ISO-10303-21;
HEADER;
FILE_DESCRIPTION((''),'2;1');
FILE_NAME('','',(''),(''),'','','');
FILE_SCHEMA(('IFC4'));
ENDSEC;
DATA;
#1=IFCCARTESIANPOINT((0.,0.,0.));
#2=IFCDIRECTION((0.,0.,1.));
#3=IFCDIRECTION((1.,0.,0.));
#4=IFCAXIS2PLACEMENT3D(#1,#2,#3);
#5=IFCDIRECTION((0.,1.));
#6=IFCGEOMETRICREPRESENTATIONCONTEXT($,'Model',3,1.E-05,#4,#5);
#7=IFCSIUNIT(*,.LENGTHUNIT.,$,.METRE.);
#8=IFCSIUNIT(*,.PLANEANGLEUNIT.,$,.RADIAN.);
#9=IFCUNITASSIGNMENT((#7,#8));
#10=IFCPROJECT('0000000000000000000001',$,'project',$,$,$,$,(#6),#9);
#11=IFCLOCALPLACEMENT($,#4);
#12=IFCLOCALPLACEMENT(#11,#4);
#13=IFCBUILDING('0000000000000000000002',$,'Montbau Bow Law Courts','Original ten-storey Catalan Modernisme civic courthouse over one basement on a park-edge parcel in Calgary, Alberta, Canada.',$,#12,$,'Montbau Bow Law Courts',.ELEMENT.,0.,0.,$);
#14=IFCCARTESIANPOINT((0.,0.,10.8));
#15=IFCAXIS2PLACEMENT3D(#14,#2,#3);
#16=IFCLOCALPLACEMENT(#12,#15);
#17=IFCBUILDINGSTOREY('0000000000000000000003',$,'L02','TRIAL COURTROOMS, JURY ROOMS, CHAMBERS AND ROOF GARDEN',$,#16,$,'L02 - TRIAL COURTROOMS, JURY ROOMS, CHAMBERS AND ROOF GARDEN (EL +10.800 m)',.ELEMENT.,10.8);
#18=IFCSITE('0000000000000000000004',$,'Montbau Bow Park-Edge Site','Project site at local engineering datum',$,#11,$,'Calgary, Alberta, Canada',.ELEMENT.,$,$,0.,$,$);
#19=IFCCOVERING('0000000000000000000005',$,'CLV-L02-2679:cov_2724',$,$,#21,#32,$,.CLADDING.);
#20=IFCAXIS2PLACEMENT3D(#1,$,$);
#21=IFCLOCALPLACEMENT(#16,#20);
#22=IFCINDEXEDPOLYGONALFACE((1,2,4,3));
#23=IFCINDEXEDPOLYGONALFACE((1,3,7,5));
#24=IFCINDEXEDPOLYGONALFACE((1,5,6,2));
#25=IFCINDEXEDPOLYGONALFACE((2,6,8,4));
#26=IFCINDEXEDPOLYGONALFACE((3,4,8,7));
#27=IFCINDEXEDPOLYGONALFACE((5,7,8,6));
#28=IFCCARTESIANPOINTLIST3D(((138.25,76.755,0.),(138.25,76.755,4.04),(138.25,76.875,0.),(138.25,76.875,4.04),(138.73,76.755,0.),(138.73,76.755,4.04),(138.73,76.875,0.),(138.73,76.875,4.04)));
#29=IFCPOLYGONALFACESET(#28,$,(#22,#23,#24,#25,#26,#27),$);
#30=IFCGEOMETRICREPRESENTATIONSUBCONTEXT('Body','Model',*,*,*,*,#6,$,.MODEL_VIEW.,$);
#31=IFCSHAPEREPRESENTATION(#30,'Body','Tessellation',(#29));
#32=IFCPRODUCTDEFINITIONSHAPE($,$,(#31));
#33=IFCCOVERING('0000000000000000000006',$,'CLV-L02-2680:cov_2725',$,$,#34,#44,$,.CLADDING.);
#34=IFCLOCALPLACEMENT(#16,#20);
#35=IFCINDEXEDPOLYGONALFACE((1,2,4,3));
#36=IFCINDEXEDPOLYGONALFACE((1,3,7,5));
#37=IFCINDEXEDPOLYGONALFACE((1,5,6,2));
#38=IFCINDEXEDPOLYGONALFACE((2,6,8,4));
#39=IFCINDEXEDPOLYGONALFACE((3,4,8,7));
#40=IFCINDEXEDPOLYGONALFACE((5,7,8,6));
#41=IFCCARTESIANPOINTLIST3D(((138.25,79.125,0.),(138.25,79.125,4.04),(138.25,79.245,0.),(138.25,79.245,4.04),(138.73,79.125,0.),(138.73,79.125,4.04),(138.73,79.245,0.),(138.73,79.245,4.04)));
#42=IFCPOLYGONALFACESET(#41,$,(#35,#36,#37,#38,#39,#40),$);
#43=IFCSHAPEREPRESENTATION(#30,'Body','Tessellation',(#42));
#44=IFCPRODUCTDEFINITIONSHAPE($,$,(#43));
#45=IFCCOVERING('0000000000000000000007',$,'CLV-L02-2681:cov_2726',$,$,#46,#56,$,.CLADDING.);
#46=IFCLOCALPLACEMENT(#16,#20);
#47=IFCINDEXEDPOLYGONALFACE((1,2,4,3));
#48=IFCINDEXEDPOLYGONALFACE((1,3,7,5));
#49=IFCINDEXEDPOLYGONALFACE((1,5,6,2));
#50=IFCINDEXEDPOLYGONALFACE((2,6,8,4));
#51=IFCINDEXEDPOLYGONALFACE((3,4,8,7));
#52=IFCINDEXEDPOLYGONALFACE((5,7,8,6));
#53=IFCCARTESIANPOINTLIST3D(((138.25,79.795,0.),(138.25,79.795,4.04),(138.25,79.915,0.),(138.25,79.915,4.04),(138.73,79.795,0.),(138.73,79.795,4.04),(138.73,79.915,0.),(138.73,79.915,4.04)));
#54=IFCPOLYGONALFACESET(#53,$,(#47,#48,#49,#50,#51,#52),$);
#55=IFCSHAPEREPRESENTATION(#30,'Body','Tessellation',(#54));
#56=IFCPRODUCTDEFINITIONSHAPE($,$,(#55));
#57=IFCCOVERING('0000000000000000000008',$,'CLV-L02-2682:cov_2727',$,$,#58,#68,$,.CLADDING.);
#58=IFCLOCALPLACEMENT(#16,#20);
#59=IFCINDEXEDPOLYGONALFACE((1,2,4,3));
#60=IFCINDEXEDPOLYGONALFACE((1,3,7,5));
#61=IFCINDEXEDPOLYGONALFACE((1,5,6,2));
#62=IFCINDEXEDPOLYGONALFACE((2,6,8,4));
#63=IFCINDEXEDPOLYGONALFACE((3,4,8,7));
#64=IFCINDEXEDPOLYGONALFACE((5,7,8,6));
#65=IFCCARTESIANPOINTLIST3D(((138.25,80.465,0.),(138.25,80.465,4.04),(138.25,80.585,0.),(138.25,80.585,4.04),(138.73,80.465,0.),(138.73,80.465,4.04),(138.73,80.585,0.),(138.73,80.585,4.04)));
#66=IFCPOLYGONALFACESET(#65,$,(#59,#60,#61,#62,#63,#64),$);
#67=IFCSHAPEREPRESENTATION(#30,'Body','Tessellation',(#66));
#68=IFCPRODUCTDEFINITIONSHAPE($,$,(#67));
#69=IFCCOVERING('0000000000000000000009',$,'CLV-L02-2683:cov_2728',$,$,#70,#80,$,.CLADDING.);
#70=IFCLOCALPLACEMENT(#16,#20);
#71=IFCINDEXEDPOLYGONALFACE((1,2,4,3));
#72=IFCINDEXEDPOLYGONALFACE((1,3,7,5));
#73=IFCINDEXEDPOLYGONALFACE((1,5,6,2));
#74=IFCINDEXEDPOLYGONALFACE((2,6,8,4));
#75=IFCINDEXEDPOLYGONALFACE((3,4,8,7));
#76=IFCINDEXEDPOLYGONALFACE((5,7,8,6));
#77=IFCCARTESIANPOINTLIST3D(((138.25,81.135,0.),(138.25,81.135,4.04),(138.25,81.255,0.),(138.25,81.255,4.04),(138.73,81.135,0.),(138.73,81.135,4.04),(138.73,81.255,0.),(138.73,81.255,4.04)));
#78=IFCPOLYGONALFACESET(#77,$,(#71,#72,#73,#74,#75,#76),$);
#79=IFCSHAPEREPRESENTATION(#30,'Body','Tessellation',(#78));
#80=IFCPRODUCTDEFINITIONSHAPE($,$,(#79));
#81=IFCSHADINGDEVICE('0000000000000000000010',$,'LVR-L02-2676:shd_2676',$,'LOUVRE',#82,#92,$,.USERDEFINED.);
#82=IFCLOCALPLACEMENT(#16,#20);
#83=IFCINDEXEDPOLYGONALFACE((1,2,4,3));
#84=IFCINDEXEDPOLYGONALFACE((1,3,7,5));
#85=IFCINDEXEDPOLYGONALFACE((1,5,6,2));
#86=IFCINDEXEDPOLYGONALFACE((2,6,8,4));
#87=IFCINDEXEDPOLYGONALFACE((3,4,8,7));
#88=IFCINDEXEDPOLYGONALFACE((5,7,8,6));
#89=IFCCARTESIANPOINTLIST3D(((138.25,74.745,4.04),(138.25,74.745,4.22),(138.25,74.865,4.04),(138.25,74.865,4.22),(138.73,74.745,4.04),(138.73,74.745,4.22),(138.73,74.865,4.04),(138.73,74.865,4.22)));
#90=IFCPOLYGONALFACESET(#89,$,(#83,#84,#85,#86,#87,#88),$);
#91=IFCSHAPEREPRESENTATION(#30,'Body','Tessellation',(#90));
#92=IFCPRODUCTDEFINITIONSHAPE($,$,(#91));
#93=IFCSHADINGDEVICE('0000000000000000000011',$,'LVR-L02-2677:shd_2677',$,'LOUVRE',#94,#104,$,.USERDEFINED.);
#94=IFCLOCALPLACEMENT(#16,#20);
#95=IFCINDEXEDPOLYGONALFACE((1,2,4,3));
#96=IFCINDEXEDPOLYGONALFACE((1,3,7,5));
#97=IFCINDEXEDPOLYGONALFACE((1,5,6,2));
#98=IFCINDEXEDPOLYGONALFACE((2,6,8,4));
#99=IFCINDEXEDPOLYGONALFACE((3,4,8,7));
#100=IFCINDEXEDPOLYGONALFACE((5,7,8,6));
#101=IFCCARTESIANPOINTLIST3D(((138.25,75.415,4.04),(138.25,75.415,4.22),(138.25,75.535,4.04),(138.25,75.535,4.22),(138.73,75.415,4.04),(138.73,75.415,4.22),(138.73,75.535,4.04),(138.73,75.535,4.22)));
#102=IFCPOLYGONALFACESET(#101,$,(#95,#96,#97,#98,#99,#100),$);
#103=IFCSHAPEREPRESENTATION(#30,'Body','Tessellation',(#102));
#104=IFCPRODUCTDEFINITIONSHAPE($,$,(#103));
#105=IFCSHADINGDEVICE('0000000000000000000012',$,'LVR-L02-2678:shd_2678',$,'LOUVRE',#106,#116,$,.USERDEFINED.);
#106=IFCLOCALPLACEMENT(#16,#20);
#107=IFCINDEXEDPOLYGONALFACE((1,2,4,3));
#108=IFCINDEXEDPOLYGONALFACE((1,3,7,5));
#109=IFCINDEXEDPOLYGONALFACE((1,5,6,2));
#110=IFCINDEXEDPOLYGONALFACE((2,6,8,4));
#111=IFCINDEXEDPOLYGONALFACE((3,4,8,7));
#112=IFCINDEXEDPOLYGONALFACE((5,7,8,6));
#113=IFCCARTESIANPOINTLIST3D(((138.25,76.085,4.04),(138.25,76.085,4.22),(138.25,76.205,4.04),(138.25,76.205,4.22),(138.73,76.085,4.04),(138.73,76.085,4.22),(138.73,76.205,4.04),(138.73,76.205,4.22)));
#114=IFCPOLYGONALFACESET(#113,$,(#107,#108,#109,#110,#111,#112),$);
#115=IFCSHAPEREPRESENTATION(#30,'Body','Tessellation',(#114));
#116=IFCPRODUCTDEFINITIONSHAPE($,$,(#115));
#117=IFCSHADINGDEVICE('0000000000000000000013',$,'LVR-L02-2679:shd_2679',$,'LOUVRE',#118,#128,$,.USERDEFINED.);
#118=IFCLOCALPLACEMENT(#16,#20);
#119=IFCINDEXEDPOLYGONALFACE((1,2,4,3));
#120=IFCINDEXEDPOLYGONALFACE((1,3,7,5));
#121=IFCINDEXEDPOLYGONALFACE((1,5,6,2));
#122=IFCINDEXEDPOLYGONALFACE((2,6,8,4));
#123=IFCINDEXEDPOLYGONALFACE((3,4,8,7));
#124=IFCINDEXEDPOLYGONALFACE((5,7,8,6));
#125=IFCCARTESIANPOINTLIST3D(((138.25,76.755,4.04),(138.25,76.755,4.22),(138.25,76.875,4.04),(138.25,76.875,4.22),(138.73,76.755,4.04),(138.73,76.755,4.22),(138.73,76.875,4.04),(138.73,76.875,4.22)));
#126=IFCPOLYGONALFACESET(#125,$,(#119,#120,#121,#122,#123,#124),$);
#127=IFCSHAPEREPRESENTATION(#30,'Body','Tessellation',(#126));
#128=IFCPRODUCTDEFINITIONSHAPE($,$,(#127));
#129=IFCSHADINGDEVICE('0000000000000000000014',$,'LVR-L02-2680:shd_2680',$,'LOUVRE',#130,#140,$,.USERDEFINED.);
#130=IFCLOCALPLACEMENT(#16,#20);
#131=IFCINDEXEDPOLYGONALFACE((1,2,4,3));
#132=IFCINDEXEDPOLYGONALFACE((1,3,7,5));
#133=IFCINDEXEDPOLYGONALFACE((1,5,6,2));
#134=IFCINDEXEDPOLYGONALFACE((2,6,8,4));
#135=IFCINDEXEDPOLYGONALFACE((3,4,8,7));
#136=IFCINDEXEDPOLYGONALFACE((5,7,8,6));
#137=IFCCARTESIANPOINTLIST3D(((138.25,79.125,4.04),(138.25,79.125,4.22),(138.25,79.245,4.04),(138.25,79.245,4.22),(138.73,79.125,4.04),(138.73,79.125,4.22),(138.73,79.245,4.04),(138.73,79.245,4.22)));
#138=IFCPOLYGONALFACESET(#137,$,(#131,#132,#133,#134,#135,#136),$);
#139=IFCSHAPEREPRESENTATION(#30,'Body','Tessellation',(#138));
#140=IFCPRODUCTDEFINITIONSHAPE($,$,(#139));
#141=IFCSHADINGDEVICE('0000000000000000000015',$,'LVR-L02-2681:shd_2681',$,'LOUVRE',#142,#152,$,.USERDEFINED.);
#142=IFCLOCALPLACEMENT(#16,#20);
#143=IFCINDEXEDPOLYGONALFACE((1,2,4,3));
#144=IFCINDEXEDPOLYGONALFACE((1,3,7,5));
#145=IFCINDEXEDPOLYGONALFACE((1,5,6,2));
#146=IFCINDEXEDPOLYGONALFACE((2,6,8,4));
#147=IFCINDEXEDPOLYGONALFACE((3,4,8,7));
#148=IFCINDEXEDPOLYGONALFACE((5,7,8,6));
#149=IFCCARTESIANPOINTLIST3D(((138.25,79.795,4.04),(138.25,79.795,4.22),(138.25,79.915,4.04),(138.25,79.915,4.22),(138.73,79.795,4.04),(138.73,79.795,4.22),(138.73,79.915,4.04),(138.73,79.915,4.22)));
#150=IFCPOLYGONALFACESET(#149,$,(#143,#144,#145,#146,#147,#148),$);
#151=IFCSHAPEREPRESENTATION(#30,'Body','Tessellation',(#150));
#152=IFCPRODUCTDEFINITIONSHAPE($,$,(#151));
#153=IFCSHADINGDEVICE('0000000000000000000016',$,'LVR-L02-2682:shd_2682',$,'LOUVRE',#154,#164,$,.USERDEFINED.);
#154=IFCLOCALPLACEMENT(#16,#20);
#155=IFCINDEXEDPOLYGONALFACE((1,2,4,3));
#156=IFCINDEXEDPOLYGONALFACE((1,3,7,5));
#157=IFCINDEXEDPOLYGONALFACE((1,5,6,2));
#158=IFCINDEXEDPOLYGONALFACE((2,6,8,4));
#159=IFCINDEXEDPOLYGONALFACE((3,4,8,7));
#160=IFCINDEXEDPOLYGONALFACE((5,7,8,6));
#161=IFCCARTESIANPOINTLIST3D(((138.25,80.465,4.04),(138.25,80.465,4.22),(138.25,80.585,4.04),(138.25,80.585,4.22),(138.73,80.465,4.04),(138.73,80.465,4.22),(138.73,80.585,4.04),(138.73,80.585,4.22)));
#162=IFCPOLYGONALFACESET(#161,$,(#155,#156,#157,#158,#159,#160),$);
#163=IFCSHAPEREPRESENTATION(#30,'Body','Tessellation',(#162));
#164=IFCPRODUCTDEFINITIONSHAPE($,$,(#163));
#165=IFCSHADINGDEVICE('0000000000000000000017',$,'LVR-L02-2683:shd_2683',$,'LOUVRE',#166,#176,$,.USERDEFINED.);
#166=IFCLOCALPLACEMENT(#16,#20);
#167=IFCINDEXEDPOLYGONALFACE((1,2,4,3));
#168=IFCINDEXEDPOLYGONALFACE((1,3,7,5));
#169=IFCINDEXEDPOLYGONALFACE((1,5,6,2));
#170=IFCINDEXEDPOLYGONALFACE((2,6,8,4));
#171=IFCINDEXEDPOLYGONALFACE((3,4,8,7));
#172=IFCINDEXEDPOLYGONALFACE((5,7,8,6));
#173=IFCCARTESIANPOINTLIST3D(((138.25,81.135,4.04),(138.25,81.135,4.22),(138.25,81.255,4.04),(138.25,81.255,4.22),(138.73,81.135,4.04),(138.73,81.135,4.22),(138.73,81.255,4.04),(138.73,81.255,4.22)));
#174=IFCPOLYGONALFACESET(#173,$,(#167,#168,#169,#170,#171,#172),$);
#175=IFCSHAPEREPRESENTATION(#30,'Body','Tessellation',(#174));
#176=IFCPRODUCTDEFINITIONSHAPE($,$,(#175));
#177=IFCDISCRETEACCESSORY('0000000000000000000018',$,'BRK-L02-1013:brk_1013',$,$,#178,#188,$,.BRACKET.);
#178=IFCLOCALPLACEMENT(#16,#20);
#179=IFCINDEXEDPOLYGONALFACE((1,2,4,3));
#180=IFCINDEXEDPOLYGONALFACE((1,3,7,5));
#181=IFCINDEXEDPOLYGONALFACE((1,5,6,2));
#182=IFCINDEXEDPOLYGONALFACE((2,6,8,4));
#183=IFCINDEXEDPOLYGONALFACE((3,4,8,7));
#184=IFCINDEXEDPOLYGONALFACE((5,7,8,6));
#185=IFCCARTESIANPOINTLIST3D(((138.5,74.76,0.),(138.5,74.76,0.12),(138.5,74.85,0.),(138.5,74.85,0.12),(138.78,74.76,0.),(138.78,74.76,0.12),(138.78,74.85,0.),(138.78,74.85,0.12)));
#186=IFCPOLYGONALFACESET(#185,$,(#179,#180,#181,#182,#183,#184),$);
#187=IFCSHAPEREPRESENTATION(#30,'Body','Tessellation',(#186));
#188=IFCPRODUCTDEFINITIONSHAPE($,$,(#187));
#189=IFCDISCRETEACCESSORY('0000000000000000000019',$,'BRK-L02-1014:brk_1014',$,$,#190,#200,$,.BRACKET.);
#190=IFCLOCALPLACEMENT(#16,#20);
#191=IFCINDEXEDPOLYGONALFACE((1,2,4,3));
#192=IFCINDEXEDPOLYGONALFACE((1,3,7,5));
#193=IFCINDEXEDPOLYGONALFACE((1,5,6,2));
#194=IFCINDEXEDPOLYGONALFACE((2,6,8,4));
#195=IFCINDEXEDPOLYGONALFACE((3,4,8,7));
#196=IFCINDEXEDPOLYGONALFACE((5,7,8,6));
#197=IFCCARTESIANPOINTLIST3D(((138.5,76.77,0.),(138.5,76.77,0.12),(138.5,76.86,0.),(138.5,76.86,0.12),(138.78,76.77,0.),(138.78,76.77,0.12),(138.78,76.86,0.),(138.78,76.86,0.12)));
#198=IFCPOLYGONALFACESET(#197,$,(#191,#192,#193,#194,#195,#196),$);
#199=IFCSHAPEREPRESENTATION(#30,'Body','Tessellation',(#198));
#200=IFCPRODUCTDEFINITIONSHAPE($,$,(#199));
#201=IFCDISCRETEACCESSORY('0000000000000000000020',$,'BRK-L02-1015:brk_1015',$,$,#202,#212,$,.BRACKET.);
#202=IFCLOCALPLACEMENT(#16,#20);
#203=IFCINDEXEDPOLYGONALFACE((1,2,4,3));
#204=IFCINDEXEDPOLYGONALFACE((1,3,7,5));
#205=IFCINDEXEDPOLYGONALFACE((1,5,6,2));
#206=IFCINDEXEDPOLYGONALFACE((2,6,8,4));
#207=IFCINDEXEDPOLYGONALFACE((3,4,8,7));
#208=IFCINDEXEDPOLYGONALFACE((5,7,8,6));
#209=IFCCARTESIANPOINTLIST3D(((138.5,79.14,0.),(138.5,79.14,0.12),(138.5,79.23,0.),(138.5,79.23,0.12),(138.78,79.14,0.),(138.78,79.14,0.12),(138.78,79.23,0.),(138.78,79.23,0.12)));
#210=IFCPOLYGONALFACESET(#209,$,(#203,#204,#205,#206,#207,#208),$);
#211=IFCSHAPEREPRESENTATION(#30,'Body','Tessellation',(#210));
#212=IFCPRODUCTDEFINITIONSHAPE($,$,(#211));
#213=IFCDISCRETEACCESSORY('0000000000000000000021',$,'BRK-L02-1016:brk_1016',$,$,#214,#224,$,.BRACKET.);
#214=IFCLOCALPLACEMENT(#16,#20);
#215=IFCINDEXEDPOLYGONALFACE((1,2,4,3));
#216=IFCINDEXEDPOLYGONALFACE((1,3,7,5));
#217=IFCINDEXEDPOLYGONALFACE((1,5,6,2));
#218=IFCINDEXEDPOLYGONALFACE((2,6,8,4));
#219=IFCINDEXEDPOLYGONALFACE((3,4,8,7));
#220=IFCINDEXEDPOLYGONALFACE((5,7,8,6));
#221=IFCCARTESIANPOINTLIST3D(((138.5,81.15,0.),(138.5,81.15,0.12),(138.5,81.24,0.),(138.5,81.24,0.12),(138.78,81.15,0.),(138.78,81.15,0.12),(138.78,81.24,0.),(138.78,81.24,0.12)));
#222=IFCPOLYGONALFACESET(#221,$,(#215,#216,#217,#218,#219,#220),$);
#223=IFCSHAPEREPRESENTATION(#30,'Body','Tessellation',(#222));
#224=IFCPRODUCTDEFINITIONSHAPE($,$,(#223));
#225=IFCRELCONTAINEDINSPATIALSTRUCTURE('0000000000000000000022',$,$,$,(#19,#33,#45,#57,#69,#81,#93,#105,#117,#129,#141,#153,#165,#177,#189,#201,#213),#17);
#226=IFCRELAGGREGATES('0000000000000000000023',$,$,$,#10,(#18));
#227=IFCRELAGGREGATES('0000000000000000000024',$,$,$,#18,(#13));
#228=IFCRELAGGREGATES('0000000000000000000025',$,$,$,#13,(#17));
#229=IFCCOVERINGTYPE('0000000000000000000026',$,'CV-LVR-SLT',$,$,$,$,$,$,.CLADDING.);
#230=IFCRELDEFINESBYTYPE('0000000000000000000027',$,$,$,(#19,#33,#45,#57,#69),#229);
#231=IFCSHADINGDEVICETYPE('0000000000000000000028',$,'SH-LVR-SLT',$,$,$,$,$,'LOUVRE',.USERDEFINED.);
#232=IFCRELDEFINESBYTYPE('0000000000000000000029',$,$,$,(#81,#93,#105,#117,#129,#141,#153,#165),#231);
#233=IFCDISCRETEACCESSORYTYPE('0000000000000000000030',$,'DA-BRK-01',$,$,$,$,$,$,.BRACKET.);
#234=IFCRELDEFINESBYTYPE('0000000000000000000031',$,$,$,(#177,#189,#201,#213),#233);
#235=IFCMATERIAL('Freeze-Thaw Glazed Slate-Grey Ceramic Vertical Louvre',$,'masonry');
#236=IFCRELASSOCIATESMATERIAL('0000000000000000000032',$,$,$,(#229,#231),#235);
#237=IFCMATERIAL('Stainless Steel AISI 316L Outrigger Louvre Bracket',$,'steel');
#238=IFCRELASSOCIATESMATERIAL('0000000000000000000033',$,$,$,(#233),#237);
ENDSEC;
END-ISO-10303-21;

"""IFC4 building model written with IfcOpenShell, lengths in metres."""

from ifc_helpers import new_model, si_unit, direction, frame, frame_2d, origin_with_axes, origin_2d_with_axis, place, context, subcontext, project, spatial, rectangle, extrude, material, type_object, element, save


model = new_model("IFC4")

# Units and contexts
model_context = context("Model", 3, precision=1e-05, world=origin_with_axes(), true_north=direction((0.0, 1.0)))
body_context = subcontext(model_context, "Body", "Model", "MODEL_VIEW")
ifc_project = project(units=[si_unit("LENGTHUNIT", "METRE"), si_unit("PLANEANGLEUNIT", "RADIAN")], contexts=[model_context])

# Site, building, storey
site_placement = place(None, origin_with_axes())
site = spatial("IfcSite", under=ifc_project, at=site_placement, Name="Montbau Bow Park-Edge Site", Description="Project site at local engineering datum", LongName="Calgary, Alberta, Canada", CompositionType="ELEMENT", RefElevation=0.0)
building_placement = place(site_placement, origin_with_axes())
building = spatial("IfcBuilding", under=site, at=building_placement, Name="Montbau Bow Law Courts", Description="Original ten-storey Catalan Modernisme civic courthouse over one basement on a park-edge parcel in Calgary, Alberta, Canada.", LongName="Montbau Bow Law Courts", CompositionType="ELEMENT", ElevationOfRefHeight=0.0, ElevationOfTerrain=0.0)
storey_placement = place(building_placement, frame((0.0, 0.0, 10.8), z_axis=(0.0, 0.0, 1.0), x_axis=(1.0, 0.0, 0.0)))
storey = spatial("IfcBuildingStorey", under=building, at=storey_placement, Name="L02", Description="TRIAL COURTROOMS, JURY ROOMS, CHAMBERS AND ROOF GARDEN", LongName="L02 - TRIAL COURTROOMS, JURY ROOMS, CHAMBERS AND ROOF GARDEN (EL +10.800 m)", CompositionType="ELEMENT", Elevation=10.8)

# Coverings
ifc_material_1 = material(Name="Freeze-Thaw Glazed Slate-Grey Ceramic Vertical Louvre", Category="masonry")
covering_type = type_object("IfcCoveringType", Name="CV-LVR-SLT", PredefinedType="CLADDING", material=ifc_material_1)
for number, where, z_axis, x_axis, name in (
    (1, (138.73, 76.815, 10.8), (0.0, 1.0, 0.0), (-1.0, 0.0, 0.0), "CLV-L02-2679:cov_2724"),
    (2, (138.73, 79.185, 10.8), (0.0, 1.0, 0.0), (-1.0, 0.0, 0.0), "CLV-L02-2680:cov_2725"),
    (3, (138.73, 79.855, 10.8), (0.0, 1.0, 0.0), (-1.0, 0.0, 0.0), "CLV-L02-2681:cov_2726"),
    (4, (138.73, 80.525, 10.8), (0.0, 1.0, 0.0), (-1.0, 0.0, 0.0), "CLV-L02-2682:cov_2727"),
    (5, (138.73, 81.195, 10.8), (0.0, 1.0, 0.0), (-1.0, 0.0, 0.0), "CLV-L02-2683:cov_2728"),
):
    element("IfcCovering", number, at=place(None, frame(where, z_axis=z_axis, x_axis=x_axis)), inside=storey, type_object=covering_type, Name=name, PredefinedType="CLADDING", context=body_context, shape_type="SweptSolid", body=[
        extrude(rectangle(XDim=0.48, YDim=4.04, at=frame_2d((0.24, 2.02), x_axis=(1.0, 0.0))), frame((0.0, 0.0, -0.06), z_axis=(0.0, 0.0, 1.0), x_axis=(1.0, 0.0, 0.0)), (0.0, 0.0, 1.0), 0.12),
    ])

# Shading devices
shading_device_type = type_object("IfcShadingDeviceType", Name="SH-LVR-SLT", ElementType="LOUVRE", PredefinedType="USERDEFINED", material=ifc_material_1)
for number, where, z_axis, x_axis, name in (
    (6, (138.49, 74.805, 14.84), (0.0, 0.0, 1.0), (-1.0, 0.0, 0.0), "LVR-L02-2676:shd_2676"),
    (7, (138.49, 75.475, 14.84), (0.0, 0.0, 1.0), (-1.0, 0.0, 0.0), "LVR-L02-2677:shd_2677"),
    (8, (138.49, 76.145, 14.84), (0.0, 0.0, 1.0), (-1.0, 0.0, 0.0), "LVR-L02-2678:shd_2678"),
    (9, (138.49, 76.815, 14.84), (0.0, 0.0, 1.0), (-1.0, 0.0, 0.0), "LVR-L02-2679:shd_2679"),
    (10, (138.49, 79.185, 14.84), (0.0, 0.0, 1.0), (-1.0, 0.0, 0.0), "LVR-L02-2680:shd_2680"),
    (11, (138.49, 79.855, 14.84), (0.0, 0.0, 1.0), (-1.0, 0.0, 0.0), "LVR-L02-2681:shd_2681"),
    (12, (138.49, 80.525, 14.84), (0.0, 0.0, 1.0), (-1.0, 0.0, 0.0), "LVR-L02-2682:shd_2682"),
    (13, (138.49, 81.195, 14.84), (0.0, 0.0, 1.0), (-1.0, 0.0, 0.0), "LVR-L02-2683:shd_2683"),
):
    element("IfcShadingDevice", number, at=place(None, frame(where, z_axis=z_axis, x_axis=x_axis)), inside=storey, type_object=shading_device_type, Name=name, ObjectType="LOUVRE", PredefinedType="USERDEFINED", context=body_context, shape_type="SweptSolid", body=[
        extrude(rectangle(XDim=0.48, YDim=0.12, at=origin_2d_with_axis()), origin_with_axes(), (0.0, 0.0, 1.0), 0.18),
    ])

# Discrete accessories
ifc_material_2 = material(Name="Stainless Steel AISI 316L Outrigger Louvre Bracket", Category="steel")
discrete_accessory_type = type_object("IfcDiscreteAccessoryType", Name="DA-BRK-01", PredefinedType="BRACKET", material=ifc_material_2)
for number, where, z_axis, x_axis, name in (
    (14, (138.64, 74.805, 10.8), (0.0, 0.0, 1.0), (-1.0, 0.0, 0.0), "BRK-L02-1013:brk_1013"),
    (15, (138.64, 76.815, 10.8), (0.0, 0.0, 1.0), (-1.0, 0.0, 0.0), "BRK-L02-1014:brk_1014"),
    (16, (138.64, 79.185, 10.8), (0.0, 0.0, 1.0), (-1.0, 0.0, 0.0), "BRK-L02-1015:brk_1015"),
    (17, (138.64, 81.195, 10.8), (0.0, 0.0, 1.0), (-1.0, 0.0, 0.0), "BRK-L02-1016:brk_1016"),
):
    element("IfcDiscreteAccessory", number, at=place(None, frame(where, z_axis=z_axis, x_axis=x_axis)), inside=storey, type_object=discrete_accessory_type, Name=name, PredefinedType="BRACKET", context=body_context, shape_type="SweptSolid", body=[
        extrude(rectangle(XDim=0.28, YDim=0.09, at=origin_2d_with_axis()), origin_with_axes(), (0.0, 0.0, 1.0), 0.12),
    ])

save(model, "model.ifc")
